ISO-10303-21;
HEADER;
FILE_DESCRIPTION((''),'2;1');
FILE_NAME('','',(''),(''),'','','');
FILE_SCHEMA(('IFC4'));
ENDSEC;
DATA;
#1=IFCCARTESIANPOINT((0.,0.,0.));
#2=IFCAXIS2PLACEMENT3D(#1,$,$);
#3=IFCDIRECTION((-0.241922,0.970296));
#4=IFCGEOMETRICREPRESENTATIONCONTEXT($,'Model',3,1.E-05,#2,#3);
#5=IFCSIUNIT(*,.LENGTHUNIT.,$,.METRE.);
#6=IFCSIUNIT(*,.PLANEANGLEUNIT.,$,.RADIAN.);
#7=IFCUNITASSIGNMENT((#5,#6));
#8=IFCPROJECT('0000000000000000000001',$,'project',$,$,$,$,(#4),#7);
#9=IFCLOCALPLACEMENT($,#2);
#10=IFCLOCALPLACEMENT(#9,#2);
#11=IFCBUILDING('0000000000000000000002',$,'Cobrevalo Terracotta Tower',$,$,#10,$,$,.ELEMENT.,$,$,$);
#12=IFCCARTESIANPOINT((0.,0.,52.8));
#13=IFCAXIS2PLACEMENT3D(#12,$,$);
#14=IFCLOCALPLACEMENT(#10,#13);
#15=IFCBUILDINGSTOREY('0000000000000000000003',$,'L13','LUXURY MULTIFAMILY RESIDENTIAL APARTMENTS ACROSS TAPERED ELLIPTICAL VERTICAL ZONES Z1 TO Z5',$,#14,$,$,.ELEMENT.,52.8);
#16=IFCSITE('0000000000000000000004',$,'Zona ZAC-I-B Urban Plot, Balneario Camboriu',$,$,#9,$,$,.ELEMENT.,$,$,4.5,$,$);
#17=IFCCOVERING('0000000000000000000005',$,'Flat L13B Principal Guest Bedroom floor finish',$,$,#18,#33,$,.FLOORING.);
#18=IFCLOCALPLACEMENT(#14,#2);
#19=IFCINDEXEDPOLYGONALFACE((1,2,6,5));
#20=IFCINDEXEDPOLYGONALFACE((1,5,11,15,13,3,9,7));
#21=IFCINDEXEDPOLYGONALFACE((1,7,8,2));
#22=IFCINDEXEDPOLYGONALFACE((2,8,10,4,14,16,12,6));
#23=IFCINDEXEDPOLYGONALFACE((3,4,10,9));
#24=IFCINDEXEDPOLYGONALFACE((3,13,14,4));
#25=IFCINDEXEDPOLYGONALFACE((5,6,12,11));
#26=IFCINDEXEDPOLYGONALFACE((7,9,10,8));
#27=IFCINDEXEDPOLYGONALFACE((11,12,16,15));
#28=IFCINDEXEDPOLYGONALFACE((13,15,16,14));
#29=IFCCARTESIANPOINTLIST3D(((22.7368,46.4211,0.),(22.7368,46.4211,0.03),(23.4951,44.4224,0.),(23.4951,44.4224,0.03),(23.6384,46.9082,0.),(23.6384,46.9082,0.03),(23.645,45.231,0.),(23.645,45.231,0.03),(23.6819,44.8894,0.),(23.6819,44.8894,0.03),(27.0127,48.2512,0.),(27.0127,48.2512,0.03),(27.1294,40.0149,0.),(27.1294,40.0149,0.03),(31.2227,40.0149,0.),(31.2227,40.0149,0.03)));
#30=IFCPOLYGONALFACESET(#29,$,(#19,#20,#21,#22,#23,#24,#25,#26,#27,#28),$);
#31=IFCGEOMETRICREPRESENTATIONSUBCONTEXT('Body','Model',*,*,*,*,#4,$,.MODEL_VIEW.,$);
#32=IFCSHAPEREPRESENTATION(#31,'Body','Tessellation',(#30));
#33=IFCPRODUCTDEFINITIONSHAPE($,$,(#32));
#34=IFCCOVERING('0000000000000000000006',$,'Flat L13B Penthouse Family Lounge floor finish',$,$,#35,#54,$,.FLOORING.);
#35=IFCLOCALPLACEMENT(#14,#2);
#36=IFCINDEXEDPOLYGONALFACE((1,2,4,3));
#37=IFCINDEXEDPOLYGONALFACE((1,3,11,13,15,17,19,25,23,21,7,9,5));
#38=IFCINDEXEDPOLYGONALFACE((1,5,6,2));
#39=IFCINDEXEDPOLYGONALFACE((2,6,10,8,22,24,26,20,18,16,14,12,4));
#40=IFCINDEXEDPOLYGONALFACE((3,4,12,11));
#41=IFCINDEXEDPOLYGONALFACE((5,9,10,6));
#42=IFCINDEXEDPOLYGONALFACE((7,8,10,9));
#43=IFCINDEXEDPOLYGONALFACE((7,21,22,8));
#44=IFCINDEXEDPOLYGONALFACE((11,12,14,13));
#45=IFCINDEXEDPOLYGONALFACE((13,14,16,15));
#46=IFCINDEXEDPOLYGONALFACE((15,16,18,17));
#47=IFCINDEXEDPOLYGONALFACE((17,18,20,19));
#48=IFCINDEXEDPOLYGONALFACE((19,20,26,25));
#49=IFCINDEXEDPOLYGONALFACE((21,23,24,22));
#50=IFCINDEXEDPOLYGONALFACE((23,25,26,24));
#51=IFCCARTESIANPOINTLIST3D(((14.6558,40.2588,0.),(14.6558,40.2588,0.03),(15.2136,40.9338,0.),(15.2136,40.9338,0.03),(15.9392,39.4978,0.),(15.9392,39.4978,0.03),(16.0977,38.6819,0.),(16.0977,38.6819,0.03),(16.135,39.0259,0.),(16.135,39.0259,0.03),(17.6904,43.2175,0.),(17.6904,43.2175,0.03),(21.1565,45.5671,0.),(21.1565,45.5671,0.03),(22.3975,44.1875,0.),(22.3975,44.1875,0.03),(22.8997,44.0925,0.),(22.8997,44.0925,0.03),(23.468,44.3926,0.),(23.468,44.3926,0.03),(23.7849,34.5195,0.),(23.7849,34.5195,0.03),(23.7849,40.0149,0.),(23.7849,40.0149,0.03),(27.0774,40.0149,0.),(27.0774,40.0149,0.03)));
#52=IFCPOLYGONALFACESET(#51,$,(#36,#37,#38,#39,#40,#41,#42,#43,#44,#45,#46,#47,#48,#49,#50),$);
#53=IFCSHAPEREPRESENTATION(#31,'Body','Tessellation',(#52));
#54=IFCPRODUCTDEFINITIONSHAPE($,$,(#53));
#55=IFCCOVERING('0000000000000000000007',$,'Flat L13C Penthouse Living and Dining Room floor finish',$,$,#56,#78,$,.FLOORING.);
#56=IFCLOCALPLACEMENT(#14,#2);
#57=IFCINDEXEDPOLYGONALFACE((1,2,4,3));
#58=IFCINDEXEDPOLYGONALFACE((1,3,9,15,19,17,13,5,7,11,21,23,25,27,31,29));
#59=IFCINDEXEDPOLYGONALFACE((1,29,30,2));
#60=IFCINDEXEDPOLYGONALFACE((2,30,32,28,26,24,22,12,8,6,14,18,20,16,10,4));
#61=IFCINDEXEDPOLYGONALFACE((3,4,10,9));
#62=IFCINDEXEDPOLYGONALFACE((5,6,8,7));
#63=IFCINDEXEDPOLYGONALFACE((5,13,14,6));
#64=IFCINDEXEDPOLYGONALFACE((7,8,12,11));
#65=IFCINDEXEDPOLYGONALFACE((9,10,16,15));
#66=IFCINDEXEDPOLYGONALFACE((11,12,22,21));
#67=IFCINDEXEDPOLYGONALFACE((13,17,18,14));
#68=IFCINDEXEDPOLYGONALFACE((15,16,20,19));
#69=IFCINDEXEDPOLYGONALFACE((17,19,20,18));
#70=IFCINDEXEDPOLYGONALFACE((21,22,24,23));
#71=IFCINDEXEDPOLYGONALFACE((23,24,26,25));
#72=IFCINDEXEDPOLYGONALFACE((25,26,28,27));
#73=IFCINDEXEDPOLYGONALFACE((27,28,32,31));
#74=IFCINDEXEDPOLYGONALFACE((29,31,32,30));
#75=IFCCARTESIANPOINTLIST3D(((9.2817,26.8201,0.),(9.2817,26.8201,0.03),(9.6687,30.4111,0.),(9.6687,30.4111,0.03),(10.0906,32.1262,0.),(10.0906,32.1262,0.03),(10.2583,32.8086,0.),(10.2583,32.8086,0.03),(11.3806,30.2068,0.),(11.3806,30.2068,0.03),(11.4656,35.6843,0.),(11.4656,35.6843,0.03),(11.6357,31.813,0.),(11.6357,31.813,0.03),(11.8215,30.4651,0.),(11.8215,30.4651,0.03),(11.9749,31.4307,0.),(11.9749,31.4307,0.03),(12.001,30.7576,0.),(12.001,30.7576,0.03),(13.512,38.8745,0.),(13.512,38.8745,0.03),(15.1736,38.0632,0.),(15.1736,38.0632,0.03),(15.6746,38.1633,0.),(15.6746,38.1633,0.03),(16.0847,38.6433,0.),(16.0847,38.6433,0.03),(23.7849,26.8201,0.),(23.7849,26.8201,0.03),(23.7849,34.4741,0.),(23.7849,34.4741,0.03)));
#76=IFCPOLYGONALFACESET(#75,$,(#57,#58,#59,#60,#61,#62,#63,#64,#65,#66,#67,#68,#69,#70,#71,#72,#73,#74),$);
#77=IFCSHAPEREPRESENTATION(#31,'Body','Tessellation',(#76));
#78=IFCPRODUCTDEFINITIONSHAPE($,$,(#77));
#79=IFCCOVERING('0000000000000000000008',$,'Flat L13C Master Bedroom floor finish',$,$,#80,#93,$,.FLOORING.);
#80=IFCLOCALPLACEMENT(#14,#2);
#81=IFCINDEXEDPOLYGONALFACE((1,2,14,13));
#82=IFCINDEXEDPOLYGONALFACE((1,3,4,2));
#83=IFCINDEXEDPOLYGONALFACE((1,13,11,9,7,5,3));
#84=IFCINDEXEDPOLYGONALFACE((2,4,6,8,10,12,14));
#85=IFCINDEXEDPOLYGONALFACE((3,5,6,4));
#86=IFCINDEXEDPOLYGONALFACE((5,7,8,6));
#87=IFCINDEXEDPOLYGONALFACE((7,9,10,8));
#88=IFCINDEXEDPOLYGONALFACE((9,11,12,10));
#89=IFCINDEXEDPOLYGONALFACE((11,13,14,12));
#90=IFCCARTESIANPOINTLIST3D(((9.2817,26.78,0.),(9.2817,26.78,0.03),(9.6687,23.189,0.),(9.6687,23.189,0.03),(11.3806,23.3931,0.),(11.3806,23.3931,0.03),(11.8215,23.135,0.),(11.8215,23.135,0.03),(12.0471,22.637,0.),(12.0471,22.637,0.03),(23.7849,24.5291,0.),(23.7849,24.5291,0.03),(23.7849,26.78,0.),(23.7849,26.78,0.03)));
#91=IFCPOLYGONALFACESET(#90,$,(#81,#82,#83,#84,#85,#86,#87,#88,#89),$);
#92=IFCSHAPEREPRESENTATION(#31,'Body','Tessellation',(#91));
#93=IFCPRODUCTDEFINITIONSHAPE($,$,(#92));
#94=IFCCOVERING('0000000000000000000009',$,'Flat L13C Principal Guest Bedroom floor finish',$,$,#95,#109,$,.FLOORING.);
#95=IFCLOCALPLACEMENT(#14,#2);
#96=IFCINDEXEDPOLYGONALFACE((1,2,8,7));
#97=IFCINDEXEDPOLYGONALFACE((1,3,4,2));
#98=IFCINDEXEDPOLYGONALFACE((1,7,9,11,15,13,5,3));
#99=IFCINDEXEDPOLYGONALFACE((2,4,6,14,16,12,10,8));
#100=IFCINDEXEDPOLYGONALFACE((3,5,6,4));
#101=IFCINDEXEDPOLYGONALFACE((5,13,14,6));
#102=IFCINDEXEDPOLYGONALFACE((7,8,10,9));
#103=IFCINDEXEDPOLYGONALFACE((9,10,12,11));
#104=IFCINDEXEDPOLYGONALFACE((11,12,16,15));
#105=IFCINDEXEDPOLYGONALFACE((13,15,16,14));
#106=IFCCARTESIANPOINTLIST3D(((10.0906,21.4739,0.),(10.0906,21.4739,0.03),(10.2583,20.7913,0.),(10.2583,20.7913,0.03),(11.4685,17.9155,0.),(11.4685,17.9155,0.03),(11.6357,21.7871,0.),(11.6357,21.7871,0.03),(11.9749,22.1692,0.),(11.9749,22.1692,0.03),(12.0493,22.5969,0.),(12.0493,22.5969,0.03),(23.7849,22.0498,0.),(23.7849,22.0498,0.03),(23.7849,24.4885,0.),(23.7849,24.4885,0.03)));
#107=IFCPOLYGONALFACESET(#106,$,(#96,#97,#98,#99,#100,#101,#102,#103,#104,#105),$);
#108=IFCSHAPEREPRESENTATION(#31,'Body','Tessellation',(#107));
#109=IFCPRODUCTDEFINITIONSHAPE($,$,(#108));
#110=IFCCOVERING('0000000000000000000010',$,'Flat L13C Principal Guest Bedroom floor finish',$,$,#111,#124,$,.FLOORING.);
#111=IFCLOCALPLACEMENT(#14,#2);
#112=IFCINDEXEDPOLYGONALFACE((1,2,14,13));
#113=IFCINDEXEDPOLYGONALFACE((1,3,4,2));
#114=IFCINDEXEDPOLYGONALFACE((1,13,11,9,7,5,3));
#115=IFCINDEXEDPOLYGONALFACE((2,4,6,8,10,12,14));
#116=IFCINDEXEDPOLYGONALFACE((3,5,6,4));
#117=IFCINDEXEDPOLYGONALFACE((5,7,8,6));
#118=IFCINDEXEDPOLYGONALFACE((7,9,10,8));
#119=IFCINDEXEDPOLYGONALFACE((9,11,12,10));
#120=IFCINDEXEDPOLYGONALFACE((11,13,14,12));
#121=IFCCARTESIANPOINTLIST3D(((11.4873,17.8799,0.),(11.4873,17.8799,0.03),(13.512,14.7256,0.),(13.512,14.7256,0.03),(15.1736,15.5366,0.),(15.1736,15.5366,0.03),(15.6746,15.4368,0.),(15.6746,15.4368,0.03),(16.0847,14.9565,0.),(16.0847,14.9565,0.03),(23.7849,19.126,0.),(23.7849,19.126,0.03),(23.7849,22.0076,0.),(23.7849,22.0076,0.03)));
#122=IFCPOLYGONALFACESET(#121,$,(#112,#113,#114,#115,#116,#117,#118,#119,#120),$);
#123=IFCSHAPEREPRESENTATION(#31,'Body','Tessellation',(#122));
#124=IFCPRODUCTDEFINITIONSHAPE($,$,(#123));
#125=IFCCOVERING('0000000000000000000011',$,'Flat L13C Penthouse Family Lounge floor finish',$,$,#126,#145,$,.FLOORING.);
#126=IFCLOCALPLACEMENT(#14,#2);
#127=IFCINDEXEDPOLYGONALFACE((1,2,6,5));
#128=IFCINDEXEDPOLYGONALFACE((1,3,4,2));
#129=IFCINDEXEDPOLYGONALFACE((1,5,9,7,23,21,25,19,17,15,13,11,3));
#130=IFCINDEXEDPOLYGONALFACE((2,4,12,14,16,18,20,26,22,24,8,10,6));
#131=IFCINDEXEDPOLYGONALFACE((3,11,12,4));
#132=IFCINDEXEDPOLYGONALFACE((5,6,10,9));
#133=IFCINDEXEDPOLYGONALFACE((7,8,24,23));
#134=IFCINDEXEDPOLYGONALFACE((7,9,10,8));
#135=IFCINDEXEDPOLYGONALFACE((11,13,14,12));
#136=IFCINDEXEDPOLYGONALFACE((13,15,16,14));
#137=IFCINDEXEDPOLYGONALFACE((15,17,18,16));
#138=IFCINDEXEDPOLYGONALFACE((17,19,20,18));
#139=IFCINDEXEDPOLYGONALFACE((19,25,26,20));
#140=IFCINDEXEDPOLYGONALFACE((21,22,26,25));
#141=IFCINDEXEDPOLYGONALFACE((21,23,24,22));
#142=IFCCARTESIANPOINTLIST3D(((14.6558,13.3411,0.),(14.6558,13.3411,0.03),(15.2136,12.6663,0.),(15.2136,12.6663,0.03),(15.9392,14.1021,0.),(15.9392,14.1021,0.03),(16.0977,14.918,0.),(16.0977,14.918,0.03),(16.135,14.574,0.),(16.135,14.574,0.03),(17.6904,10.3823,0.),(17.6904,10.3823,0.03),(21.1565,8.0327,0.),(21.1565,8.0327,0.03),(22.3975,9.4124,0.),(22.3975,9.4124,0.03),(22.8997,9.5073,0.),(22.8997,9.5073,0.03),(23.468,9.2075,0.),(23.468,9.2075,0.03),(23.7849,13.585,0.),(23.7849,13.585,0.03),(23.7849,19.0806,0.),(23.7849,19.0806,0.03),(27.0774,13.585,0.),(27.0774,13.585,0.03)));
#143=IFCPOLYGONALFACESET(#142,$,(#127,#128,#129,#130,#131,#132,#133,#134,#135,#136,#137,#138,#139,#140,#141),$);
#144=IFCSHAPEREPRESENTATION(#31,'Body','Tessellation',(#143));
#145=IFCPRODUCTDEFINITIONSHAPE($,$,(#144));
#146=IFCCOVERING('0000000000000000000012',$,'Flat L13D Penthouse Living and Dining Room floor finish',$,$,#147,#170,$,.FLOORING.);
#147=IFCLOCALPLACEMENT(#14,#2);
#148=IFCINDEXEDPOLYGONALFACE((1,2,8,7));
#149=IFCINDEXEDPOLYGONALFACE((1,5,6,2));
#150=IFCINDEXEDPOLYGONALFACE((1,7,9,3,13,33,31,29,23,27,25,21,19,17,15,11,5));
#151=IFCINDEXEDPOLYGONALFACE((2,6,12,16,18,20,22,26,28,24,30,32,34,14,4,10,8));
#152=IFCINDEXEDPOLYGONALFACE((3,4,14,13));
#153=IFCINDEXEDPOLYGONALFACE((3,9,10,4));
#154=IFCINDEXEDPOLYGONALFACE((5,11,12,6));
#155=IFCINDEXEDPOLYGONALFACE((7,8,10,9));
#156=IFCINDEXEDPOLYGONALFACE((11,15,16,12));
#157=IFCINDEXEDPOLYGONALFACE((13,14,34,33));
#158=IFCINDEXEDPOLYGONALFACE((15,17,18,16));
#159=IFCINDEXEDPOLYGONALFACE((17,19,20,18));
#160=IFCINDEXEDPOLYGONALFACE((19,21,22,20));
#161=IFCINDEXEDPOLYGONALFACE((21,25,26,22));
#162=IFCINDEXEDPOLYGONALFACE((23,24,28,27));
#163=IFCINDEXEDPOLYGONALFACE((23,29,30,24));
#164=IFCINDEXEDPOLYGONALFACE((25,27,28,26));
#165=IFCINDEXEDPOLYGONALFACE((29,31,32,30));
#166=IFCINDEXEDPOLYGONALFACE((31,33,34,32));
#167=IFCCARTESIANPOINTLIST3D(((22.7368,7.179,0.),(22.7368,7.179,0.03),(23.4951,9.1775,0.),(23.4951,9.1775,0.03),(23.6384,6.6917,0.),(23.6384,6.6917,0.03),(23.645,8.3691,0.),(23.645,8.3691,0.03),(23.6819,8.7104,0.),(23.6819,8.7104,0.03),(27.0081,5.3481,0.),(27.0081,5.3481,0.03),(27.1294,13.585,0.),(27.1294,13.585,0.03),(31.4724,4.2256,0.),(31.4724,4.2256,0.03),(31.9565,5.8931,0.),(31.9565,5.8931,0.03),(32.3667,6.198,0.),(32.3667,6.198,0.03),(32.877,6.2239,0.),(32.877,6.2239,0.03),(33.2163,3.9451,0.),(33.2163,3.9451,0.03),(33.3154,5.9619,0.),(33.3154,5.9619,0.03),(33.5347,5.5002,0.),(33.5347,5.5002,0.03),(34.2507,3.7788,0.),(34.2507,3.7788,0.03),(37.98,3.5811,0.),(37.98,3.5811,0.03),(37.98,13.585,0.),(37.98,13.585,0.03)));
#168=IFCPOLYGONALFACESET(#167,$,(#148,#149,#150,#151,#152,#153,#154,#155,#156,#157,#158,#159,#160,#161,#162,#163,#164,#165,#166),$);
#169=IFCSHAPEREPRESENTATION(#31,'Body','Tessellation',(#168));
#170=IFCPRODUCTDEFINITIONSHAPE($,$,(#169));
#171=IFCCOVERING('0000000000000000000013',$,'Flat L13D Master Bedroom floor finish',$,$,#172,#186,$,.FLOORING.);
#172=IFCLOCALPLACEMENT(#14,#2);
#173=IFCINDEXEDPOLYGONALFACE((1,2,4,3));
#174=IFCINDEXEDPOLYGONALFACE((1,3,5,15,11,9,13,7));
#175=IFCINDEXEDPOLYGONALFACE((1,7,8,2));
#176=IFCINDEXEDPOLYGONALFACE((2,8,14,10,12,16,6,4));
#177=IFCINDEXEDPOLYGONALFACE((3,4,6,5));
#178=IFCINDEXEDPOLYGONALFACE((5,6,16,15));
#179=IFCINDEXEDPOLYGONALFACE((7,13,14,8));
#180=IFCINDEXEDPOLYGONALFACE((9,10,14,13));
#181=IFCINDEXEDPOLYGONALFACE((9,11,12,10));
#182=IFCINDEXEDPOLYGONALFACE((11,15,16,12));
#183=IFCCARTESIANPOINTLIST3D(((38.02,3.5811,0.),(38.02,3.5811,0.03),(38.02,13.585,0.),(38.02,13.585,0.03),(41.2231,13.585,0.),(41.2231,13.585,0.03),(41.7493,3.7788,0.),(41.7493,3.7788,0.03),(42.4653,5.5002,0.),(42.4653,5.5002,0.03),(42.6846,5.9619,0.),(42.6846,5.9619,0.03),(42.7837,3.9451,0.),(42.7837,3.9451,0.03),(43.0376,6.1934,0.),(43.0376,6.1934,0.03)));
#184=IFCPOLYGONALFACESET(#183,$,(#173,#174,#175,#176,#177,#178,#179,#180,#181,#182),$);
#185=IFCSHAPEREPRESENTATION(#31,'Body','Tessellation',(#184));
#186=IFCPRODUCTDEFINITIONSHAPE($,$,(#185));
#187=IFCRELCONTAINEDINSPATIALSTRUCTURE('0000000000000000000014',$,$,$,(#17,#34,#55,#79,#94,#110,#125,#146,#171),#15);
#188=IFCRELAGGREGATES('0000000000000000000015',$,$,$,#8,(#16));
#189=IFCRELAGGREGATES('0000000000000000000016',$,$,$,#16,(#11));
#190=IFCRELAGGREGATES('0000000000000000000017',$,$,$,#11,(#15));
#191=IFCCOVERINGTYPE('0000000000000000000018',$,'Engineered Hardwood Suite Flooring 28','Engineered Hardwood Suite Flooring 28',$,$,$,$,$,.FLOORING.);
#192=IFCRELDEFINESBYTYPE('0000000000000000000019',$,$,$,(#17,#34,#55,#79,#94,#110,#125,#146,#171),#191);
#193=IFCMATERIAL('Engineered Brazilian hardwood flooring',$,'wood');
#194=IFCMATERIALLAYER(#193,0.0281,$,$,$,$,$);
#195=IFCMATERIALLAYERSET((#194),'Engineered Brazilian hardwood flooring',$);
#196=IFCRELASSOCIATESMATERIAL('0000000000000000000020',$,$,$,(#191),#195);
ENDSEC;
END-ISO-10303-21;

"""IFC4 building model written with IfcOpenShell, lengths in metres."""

from ifc_helpers import new_model, si_unit, direction, frame, origin, place, context, subcontext, project, spatial, polyline, outline, extrude, material, layer, layer_set, type_object, element, save


model = new_model("IFC4")

# Units and contexts
model_context = context("Model", 3, precision=1e-05, world=origin(), true_north=direction((-0.241922, 0.970296)))
body_context = subcontext(model_context, "Body", "Model", "MODEL_VIEW")
ifc_project = project(units=[si_unit("LENGTHUNIT", "METRE"), si_unit("PLANEANGLEUNIT", "RADIAN")], contexts=[model_context])

# Site, building, storey
site_placement = place(None, origin())
site = spatial("IfcSite", under=ifc_project, at=site_placement, Name="Zona ZAC-I-B Urban Plot, Balneario Camboriu", CompositionType="ELEMENT", RefElevation=4.5)
building_placement = place(site_placement, origin())
building = spatial("IfcBuilding", under=site, at=building_placement, Name="Cobrevalo Terracotta Tower", CompositionType="ELEMENT")
storey_placement = place(building_placement, frame((0.0, 0.0, 52.8)))
storey = spatial("IfcBuildingStorey", under=building, at=storey_placement, Name="L13", Description="LUXURY MULTIFAMILY RESIDENTIAL APARTMENTS ACROSS TAPERED ELLIPTICAL VERTICAL ZONES Z1 TO Z5", CompositionType="ELEMENT", Elevation=52.8)

# Coverings
ifc_material_1 = material(Name="Engineered Brazilian hardwood flooring", Category="wood")
ifc_layer_1 = layer(ifc_material_1, 0.0281)
ifc_layer_set_1 = layer_set([ifc_layer_1], Name="Engineered Brazilian hardwood flooring")
covering_type_1 = type_object("IfcCoveringType", Name="Engineered Hardwood Suite Flooring 28", Description="Engineered Hardwood Suite Flooring 28", PredefinedType="FLOORING", material=ifc_layer_set_1)
covering_1_placement = place(storey_placement, origin())
element("IfcCovering", 1, at=covering_1_placement, inside=storey, type_object=covering_type_1, Name="Flat L13B Principal Guest Bedroom floor finish", PredefinedType="FLOORING", context=body_context, shape_type="SweptSolid", body=[
    extrude(outline(polyline([(23.4951, 44.4224), (23.6819, 44.8894), (23.645, 45.231), (22.7368, 46.4211), (23.6384, 46.9082), (27.0127, 48.2512), (31.2227, 40.0149), (27.1294, 40.0149), (23.4951, 44.4224)])), origin(), (0.0, 0.0, 1.0), 0.03),
])
covering_2_placement = place(storey_placement, origin())
element("IfcCovering", 2, at=covering_2_placement, inside=storey, type_object=covering_type_1, Name="Flat L13B Penthouse Family Lounge floor finish", PredefinedType="FLOORING", context=body_context, shape_type="SweptSolid", body=[
    extrude(outline(polyline([(21.1565, 45.5671), (22.3975, 44.1875), (22.8997, 44.0925), (23.468, 44.3926), (27.0774, 40.0149), (23.7849, 40.0149), (23.7849, 34.5195), (16.0977, 38.6819), (16.135, 39.0259), (15.9392, 39.4978), (14.6558, 40.2588), (15.2136, 40.9338), (17.6904, 43.2175), (21.1565, 45.5671)])), origin(), (0.0, 0.0, 1.0), 0.03),
])
covering_3_placement = place(storey_placement, origin())
element("IfcCovering", 3, at=covering_3_placement, inside=storey, type_object=covering_type_1, Name="Flat L13C Penthouse Living and Dining Room floor finish", PredefinedType="FLOORING", context=body_context, shape_type="SweptSolid", body=[
    extrude(outline(polyline([(9.6687, 30.4111), (11.3806, 30.2068), (11.8215, 30.4651), (12.001, 30.7576), (11.9749, 31.4307), (11.6357, 31.813), (10.0906, 32.1262), (10.2583, 32.8086), (11.4656, 35.6843), (13.512, 38.8745), (15.1736, 38.0632), (15.6746, 38.1633), (16.0847, 38.6433), (23.7849, 34.4741), (23.7849, 26.8201), (9.2817, 26.8201), (9.6687, 30.4111)])), origin(), (0.0, 0.0, 1.0), 0.03),
])
covering_4_placement = place(storey_placement, origin())
element("IfcCovering", 4, at=covering_4_placement, inside=storey, type_object=covering_type_1, Name="Flat L13C Master Bedroom floor finish", PredefinedType="FLOORING", context=body_context, shape_type="SweptSolid", body=[
    extrude(outline(polyline([(9.2817, 26.78), (23.7849, 26.78), (23.7849, 24.5291), (12.0471, 22.637), (11.8215, 23.135), (11.3806, 23.3931), (9.6687, 23.189), (9.2817, 26.78)])), origin(), (0.0, 0.0, 1.0), 0.03),
])
covering_5_placement = place(storey_placement, origin())
element("IfcCovering", 5, at=covering_5_placement, inside=storey, type_object=covering_type_1, Name="Flat L13C Principal Guest Bedroom floor finish", PredefinedType="FLOORING", context=body_context, shape_type="SweptSolid", body=[
    extrude(outline(polyline([(10.2583, 20.7913), (10.0906, 21.4739), (11.6357, 21.7871), (11.9749, 22.1692), (12.0493, 22.5969), (23.7849, 24.4885), (23.7849, 22.0498), (11.4685, 17.9155), (10.2583, 20.7913)])), origin(), (0.0, 0.0, 1.0), 0.03),
])
covering_6_placement = place(storey_placement, origin())
element("IfcCovering", 6, at=covering_6_placement, inside=storey, type_object=covering_type_1, Name="Flat L13C Principal Guest Bedroom floor finish", PredefinedType="FLOORING", context=body_context, shape_type="SweptSolid", body=[
    extrude(outline(polyline([(11.4873, 17.8799), (23.7849, 22.0076), (23.7849, 19.126), (16.0847, 14.9565), (15.6746, 15.4368), (15.1736, 15.5366), (13.512, 14.7256), (11.4873, 17.8799)])), origin(), (0.0, 0.0, 1.0), 0.03),
])
covering_7_placement = place(storey_placement, origin())
element("IfcCovering", 7, at=covering_7_placement, inside=storey, type_object=covering_type_1, Name="Flat L13C Penthouse Family Lounge floor finish", PredefinedType="FLOORING", context=body_context, shape_type="SweptSolid", body=[
    extrude(outline(polyline([(14.6558, 13.3411), (15.9392, 14.1021), (16.135, 14.574), (16.0977, 14.918), (23.7849, 19.0806), (23.7849, 13.585), (27.0774, 13.585), (23.468, 9.2075), (22.8997, 9.5073), (22.3975, 9.4124), (21.1565, 8.0327), (17.6904, 10.3823), (15.2136, 12.6663), (14.6558, 13.3411)])), origin(), (0.0, 0.0, 1.0), 0.03),
])
covering_8_placement = place(storey_placement, origin())
element("IfcCovering", 8, at=covering_8_placement, inside=storey, type_object=covering_type_1, Name="Flat L13D Penthouse Living and Dining Room floor finish", PredefinedType="FLOORING", context=body_context, shape_type="SweptSolid", body=[
    extrude(outline(polyline([(23.4951, 9.1775), (27.1294, 13.585), (37.98, 13.585), (37.98, 3.5811), (34.2507, 3.7788), (33.2163, 3.9451), (33.5347, 5.5002), (33.3154, 5.9619), (32.877, 6.2239), (32.3667, 6.198), (31.9565, 5.8931), (31.4724, 4.2256), (27.0081, 5.3481), (23.6384, 6.6917), (22.7368, 7.179), (23.645, 8.3691), (23.6819, 8.7104), (23.4951, 9.1775)])), origin(), (0.0, 0.0, 1.0), 0.03),
])
covering_9_placement = place(storey_placement, origin())
element("IfcCovering", 9, at=covering_9_placement, inside=storey, type_object=covering_type_1, Name="Flat L13D Master Bedroom floor finish", PredefinedType="FLOORING", context=body_context, shape_type="SweptSolid", body=[
    extrude(outline(polyline([(38.02, 3.5811), (38.02, 13.585), (41.2231, 13.585), (43.0376, 6.1934), (42.6846, 5.9619), (42.4653, 5.5002), (42.7837, 3.9451), (41.7493, 3.7788), (38.02, 3.5811)])), origin(), (0.0, 0.0, 1.0), 0.03),
])

save(model, "model.ifc")
